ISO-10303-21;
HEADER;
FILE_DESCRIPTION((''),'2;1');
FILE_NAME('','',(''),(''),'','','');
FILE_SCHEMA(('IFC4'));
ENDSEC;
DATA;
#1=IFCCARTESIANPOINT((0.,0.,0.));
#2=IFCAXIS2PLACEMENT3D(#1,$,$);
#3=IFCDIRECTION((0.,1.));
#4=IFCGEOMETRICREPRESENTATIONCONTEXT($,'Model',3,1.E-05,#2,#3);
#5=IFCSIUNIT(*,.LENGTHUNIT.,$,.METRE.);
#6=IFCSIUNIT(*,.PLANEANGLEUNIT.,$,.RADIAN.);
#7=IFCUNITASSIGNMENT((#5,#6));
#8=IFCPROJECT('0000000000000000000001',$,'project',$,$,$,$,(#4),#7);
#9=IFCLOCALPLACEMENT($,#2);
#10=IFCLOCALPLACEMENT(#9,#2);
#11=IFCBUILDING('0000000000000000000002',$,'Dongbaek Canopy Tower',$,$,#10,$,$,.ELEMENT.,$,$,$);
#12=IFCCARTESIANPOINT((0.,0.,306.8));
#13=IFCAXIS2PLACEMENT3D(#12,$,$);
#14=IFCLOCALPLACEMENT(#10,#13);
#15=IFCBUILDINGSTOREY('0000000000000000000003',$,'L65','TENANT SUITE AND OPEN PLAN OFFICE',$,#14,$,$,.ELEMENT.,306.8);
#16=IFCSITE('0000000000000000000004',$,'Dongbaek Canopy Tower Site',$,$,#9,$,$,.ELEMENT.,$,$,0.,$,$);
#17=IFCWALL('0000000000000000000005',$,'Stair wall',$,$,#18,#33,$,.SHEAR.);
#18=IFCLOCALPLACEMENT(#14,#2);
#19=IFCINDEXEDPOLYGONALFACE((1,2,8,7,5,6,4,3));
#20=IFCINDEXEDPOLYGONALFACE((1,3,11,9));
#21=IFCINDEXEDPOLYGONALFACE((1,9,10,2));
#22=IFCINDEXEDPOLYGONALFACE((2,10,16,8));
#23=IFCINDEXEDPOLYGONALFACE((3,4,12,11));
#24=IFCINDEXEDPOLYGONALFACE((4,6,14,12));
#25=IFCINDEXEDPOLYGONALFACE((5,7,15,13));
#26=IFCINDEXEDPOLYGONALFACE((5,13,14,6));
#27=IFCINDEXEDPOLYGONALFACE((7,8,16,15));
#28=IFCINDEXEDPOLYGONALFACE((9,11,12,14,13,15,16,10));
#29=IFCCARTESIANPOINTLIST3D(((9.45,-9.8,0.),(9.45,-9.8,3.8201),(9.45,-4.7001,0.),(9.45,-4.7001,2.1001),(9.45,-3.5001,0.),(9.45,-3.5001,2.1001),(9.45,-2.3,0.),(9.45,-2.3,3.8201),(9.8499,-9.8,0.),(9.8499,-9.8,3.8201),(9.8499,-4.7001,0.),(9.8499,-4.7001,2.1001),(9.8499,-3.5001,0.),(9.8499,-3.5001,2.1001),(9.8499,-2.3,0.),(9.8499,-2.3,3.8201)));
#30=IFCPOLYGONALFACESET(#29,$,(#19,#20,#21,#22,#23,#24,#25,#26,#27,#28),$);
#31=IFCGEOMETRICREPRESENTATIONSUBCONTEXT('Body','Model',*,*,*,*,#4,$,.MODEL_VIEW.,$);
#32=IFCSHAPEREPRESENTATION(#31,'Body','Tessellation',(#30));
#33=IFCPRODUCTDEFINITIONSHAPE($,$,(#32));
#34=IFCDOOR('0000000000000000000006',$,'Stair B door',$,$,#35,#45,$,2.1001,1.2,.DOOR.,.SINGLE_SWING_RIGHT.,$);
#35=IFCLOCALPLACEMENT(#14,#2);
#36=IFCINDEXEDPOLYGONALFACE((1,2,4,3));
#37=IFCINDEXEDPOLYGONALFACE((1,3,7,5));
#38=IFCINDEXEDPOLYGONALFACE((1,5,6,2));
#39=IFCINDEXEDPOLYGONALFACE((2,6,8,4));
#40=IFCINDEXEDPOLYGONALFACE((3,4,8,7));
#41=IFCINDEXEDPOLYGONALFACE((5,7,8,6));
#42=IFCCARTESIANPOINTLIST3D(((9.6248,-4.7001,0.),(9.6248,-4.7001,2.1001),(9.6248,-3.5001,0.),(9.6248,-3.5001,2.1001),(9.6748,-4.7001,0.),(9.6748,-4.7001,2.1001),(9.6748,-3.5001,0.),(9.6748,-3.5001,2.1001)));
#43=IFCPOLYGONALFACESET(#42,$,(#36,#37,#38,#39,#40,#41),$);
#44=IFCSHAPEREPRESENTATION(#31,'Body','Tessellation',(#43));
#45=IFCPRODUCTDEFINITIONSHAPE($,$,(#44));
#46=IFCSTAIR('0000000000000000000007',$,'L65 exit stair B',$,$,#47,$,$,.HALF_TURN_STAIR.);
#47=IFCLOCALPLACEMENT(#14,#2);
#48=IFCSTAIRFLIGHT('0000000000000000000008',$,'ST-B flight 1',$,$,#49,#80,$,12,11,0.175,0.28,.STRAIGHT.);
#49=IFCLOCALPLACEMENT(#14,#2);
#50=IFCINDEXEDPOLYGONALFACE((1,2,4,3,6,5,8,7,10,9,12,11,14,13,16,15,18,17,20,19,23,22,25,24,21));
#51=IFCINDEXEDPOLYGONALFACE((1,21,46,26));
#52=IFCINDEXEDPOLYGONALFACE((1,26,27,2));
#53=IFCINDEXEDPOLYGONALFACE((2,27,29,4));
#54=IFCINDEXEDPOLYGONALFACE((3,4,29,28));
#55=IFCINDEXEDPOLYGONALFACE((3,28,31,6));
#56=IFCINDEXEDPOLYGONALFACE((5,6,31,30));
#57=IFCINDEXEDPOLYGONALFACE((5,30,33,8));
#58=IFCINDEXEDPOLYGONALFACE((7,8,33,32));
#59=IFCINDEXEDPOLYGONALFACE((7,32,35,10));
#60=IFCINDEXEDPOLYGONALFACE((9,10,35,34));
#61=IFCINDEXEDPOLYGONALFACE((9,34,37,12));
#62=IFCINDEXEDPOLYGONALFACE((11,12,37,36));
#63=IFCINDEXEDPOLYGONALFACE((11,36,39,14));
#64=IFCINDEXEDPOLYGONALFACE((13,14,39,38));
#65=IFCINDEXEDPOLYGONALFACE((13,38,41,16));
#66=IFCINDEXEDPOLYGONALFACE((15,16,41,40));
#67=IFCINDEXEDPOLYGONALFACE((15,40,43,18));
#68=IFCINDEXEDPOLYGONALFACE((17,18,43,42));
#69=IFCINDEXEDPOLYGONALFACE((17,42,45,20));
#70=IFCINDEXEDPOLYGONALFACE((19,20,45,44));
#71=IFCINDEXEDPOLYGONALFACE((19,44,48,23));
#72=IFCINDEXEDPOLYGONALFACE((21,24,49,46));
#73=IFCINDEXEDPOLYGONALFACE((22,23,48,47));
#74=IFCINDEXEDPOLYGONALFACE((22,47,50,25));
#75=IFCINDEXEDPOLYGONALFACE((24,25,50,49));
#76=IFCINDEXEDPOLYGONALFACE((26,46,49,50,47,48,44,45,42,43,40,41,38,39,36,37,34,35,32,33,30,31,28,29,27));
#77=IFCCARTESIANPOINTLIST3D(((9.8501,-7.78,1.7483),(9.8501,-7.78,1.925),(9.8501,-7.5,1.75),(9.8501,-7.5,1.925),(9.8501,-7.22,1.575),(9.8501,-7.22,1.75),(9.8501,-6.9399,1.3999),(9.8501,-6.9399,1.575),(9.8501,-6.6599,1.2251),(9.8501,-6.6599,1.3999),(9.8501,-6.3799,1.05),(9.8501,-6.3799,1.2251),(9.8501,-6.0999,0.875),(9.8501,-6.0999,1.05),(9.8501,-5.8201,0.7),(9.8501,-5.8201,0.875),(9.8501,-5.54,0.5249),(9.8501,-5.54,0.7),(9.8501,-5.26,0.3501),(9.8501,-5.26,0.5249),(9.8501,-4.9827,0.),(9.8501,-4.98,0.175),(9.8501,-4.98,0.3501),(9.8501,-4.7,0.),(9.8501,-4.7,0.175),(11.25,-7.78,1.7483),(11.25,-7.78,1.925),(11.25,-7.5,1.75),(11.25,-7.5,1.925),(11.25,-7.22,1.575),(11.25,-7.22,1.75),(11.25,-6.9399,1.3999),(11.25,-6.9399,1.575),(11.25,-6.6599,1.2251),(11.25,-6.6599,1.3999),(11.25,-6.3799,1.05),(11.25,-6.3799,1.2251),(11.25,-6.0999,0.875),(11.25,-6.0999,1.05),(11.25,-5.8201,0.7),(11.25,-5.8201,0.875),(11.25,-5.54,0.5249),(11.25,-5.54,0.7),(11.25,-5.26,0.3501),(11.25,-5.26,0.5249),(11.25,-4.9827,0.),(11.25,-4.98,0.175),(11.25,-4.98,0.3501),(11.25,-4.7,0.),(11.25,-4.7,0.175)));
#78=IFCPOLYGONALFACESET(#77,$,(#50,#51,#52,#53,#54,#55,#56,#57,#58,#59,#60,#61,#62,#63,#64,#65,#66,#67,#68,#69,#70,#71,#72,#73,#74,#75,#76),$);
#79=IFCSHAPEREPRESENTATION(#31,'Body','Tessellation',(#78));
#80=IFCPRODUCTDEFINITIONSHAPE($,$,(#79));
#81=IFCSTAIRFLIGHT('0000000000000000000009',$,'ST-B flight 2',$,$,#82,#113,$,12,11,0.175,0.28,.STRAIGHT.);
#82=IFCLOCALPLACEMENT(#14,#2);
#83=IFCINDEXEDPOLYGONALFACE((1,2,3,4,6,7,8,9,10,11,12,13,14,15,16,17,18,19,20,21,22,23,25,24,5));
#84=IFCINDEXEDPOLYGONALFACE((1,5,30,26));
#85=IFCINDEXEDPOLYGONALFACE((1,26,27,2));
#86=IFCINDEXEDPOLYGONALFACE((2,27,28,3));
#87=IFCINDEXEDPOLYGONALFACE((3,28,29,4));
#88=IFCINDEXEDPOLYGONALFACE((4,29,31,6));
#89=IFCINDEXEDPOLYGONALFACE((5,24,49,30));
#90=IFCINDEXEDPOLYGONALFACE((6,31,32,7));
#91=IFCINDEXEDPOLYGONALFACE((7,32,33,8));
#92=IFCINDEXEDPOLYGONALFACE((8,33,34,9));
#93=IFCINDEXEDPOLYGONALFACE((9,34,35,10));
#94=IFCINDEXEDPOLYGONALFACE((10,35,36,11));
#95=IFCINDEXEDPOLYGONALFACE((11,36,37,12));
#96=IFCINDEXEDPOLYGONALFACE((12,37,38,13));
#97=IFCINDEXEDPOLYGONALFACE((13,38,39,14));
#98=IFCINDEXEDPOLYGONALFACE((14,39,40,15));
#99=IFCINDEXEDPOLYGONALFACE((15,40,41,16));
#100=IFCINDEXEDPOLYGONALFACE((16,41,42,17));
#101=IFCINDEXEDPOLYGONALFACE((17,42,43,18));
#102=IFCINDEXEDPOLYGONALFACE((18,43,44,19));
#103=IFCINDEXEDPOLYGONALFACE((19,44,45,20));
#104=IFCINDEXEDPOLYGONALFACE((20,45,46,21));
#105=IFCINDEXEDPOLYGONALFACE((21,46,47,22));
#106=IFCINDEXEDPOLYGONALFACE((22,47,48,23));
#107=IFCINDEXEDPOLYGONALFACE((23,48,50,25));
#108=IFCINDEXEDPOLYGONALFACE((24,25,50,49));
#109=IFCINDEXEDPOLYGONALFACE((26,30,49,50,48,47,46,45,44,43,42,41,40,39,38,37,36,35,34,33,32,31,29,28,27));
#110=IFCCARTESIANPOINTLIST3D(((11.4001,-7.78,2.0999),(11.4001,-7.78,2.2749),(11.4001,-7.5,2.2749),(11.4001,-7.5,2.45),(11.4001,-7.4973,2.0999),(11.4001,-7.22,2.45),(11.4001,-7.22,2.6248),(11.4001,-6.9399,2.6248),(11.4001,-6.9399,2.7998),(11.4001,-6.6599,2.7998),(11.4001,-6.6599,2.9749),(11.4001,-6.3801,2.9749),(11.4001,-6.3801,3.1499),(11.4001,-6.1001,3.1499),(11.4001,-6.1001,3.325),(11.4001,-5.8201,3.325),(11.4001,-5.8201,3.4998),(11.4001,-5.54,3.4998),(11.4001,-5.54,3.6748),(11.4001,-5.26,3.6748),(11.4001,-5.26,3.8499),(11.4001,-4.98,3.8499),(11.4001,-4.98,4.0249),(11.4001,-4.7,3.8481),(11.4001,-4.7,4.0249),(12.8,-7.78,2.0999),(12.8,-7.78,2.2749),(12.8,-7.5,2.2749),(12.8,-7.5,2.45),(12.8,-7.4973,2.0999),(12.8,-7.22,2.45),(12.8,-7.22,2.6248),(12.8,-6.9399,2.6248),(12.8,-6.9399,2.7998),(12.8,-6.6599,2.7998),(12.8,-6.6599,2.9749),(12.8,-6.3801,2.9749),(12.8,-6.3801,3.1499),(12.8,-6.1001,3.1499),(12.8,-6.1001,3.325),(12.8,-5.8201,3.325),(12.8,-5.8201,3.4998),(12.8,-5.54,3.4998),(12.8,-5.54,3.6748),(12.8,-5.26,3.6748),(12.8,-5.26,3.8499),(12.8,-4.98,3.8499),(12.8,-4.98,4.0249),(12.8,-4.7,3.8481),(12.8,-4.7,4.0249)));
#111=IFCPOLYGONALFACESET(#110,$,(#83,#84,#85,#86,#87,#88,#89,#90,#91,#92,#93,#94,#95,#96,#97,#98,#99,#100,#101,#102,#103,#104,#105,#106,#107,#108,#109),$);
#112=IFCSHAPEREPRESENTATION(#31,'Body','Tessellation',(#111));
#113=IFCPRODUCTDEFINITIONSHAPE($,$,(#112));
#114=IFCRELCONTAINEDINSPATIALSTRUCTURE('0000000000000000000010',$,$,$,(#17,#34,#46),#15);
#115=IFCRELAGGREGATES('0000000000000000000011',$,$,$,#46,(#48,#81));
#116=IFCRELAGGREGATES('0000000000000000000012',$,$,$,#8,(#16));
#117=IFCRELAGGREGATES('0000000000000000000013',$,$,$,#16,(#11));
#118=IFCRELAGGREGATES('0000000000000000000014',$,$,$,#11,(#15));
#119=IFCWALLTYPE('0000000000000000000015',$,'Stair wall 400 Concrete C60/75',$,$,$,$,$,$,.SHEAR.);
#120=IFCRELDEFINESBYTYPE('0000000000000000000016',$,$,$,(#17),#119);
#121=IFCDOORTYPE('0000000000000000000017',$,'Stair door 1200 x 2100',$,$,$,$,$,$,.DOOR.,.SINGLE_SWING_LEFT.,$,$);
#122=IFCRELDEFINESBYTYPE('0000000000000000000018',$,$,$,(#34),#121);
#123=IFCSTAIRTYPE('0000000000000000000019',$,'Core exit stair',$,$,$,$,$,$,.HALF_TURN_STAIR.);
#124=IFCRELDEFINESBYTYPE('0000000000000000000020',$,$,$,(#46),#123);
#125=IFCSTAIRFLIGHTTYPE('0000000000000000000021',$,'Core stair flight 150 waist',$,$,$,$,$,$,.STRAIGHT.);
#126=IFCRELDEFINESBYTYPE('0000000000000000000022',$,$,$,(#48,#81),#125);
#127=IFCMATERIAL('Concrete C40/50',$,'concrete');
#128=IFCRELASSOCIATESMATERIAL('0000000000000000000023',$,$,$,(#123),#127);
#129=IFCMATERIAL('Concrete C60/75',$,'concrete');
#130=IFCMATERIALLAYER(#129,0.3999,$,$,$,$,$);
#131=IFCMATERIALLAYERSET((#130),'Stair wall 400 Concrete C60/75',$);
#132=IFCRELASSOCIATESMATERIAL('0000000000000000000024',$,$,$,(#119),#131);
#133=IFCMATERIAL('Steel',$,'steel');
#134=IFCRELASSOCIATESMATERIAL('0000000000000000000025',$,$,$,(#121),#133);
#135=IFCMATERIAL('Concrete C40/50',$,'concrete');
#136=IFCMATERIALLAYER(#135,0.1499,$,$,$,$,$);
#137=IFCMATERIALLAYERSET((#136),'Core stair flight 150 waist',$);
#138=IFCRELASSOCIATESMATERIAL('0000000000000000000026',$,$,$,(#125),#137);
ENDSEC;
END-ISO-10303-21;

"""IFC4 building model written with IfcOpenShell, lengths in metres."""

from ifc_helpers import new_model, si_unit, direction, frame, frame_2d, origin, place, context, subcontext, project, spatial, polyline, rectangle, outline, extrude, material, layer, layer_set, type_object, element, fill, aggregate, save


model = new_model("IFC4")

# Units and contexts
model_context = context("Model", 3, precision=1e-05, world=origin(), true_north=direction((0.0, 1.0)))
body_context = subcontext(model_context, "Body", "Model", "MODEL_VIEW")
ifc_project = project(units=[si_unit("LENGTHUNIT", "METRE"), si_unit("PLANEANGLEUNIT", "RADIAN")], contexts=[model_context])

# Site, building, storey
site_placement = place(None, origin())
site = spatial("IfcSite", under=ifc_project, at=site_placement, Name="Dongbaek Canopy Tower Site", CompositionType="ELEMENT", RefElevation=0.0)
building_placement = place(site_placement, origin())
building = spatial("IfcBuilding", under=site, at=building_placement, Name="Dongbaek Canopy Tower", CompositionType="ELEMENT")
storey_placement = place(building_placement, frame((0.0, 0.0, 306.8)))
storey = spatial("IfcBuildingStorey", under=building, at=storey_placement, Name="L65", Description="TENANT SUITE AND OPEN PLAN OFFICE", CompositionType="ELEMENT", Elevation=306.8)

# Shared definitions
ifc_material_1 = material(Name="Concrete C40/50", Category="concrete")
stair_type = type_object("IfcStairType", Name="Core exit stair", PredefinedType="HALF_TURN_STAIR", material=ifc_material_1)

# Wall, opening, door
ifc_material_2 = material(Name="Concrete C60/75", Category="concrete")
ifc_layer_1 = layer(ifc_material_2, 0.3999)
ifc_layer_set_1 = layer_set([ifc_layer_1], Name="Stair wall 400 Concrete C60/75")
wall_type_1 = type_object("IfcWallType", Name="Stair wall 400 Concrete C60/75", PredefinedType="SHEAR", material=ifc_layer_set_1)
wall_1_placement = place(storey_placement, frame((9.6499, -2.3, 0.0), z_axis=(0.0, 0.0, 1.0), x_axis=(0.0, -1.0, 0.0)))
wall_1 = element("IfcWall", 1, at=wall_1_placement, inside=storey, type_object=wall_type_1, Name="Stair wall", PredefinedType="SHEAR", context=body_context, shape_type="SweptSolid", body=[
    extrude(rectangle(XDim=7.5, YDim=0.3999, at=frame_2d((3.75, 0.0))), origin(), (0.0, 0.0, 1.0), 3.8201),
])
opening_1_placement = place(wall_1_placement, frame((1.2, 0.0, 0.0)))
opening_1 = element("IfcOpeningElement", 2, at=opening_1_placement, cuts=wall_1, PredefinedType="OPENING", context=body_context, shape_type="SweptSolid", body=[
    extrude(rectangle(XDim=1.2, YDim=2.1001, at=frame_2d((0.6001, 1.05))), frame((0.0, 0.21, 0.0), z_axis=(0.0, -1.0, 0.0), x_axis=(1.0, 0.0, 0.0)), (0.0, 0.0, 1.0), 0.4199),
])
ifc_material_3 = material(Name="Steel", Category="steel")
door_type_1 = type_object("IfcDoorType", Name="Stair door 1200 x 2100", OperationType="SINGLE_SWING_LEFT", PredefinedType="DOOR", material=ifc_material_3)
door_1_placement = place(opening_1_placement, origin())
door_1 = element("IfcDoor", 3, at=door_1_placement, inside=storey, type_object=door_type_1, Name="Stair B door", OperationType="SINGLE_SWING_RIGHT", OverallHeight=2.1001, OverallWidth=1.2, PredefinedType="DOOR", context=body_context, shape_type="SweptSolid", body=[
    extrude(rectangle(XDim=1.2, YDim=2.1001, at=frame_2d((0.6001, 1.05))), frame((0.0, 0.0249, 0.0), z_axis=(0.0, -1.0, 0.0), x_axis=(1.0, 0.0, 0.0)), (0.0, 0.0, 1.0), 0.05),
])
fill(opening_1, door_1)

# Stair, stair flights
stair_1_placement = place(storey_placement, origin())
stair_1 = element("IfcStair", 4, at=stair_1_placement, inside=storey, type_object=stair_type, Name="L65 exit stair B", PredefinedType="HALF_TURN_STAIR")
ifc_material_4 = material(Name="Concrete C40/50", Category="concrete")
ifc_layer_2 = layer(ifc_material_4, 0.1499)
ifc_layer_set_2 = layer_set([ifc_layer_2], Name="Core stair flight 150 waist")
stair_flight_type = type_object("IfcStairFlightType", Name="Core stair flight 150 waist", PredefinedType="STRAIGHT", material=ifc_layer_set_2)
stair_flight_1_placement = place(storey_placement, frame((10.55, -4.7, 0.0), z_axis=(0.0, 0.0, 1.0), x_axis=(0.0, -1.0, 0.0)))
stair_flight_1 = element("IfcStairFlight", 5, at=stair_flight_1_placement, type_object=stair_flight_type, Name="ST-B flight 1", NumberOfRisers=12, NumberOfTreads=11, PredefinedType="STRAIGHT", RiserHeight=0.175, TreadLength=0.28, context=body_context, shape_type="SweptSolid", body=[
    extrude(outline(polyline([(0.0, 0.0), (0.0, 0.175), (0.28, 0.175), (0.28, 0.3501), (0.5601, 0.3501), (0.5601, 0.5249), (0.8401, 0.5249), (0.8401, 0.7), (1.1201, 0.7), (1.1201, 0.875), (1.3999, 0.875), (1.3999, 1.05), (1.6799, 1.05), (1.6799, 1.2251), (1.96, 1.2251), (1.96, 1.3999), (2.24, 1.3999), (2.24, 1.575), (2.52, 1.575), (2.52, 1.75), (2.8, 1.75), (2.8, 1.925), (3.0801, 1.925), (3.0801, 2.1001), (3.0801, 1.7483), (0.2827, 0.0), (0.0, 0.0)])), frame((0.0, 0.7, 0.0), z_axis=(0.0, -1.0, 0.0), x_axis=(1.0, 0.0, 0.0)), (0.0, 0.0, 1.0), 1.3999),
])
stair_flight_2_placement = place(storey_placement, frame((12.1001, -7.78, 2.0999), z_axis=(0.0, 0.0, 1.0), x_axis=(0.0, 1.0, 0.0)))
stair_flight_2 = element("IfcStairFlight", 6, at=stair_flight_2_placement, type_object=stair_flight_type, Name="ST-B flight 2", NumberOfRisers=12, NumberOfTreads=11, PredefinedType="STRAIGHT", RiserHeight=0.175, TreadLength=0.28, context=body_context, shape_type="SweptSolid", body=[
    extrude(outline(polyline([(0.0, 0.0), (0.0, 0.175), (0.28, 0.175), (0.28, 0.3501), (0.5601, 0.3501), (0.5601, 0.5249), (0.8401, 0.5249), (0.8401, 0.7), (1.1201, 0.7), (1.1201, 0.875), (1.3999, 0.875), (1.3999, 1.05), (1.6799, 1.05), (1.6799, 1.2251), (1.96, 1.2251), (1.96, 1.3999), (2.24, 1.3999), (2.24, 1.575), (2.52, 1.575), (2.52, 1.75), (2.8, 1.75), (2.8, 1.925), (3.0801, 1.925), (3.0801, 2.1001), (3.0801, 1.7483), (0.2827, 0.0), (0.0, 0.0)])), frame((0.0, 0.7, 0.0), z_axis=(0.0, -1.0, 0.0), x_axis=(1.0, 0.0, 0.0)), (0.0, 0.0, 1.0), 1.3999),
])
aggregate(stair_1, [stair_flight_1, stair_flight_2])

save(model, "model.ifc")
